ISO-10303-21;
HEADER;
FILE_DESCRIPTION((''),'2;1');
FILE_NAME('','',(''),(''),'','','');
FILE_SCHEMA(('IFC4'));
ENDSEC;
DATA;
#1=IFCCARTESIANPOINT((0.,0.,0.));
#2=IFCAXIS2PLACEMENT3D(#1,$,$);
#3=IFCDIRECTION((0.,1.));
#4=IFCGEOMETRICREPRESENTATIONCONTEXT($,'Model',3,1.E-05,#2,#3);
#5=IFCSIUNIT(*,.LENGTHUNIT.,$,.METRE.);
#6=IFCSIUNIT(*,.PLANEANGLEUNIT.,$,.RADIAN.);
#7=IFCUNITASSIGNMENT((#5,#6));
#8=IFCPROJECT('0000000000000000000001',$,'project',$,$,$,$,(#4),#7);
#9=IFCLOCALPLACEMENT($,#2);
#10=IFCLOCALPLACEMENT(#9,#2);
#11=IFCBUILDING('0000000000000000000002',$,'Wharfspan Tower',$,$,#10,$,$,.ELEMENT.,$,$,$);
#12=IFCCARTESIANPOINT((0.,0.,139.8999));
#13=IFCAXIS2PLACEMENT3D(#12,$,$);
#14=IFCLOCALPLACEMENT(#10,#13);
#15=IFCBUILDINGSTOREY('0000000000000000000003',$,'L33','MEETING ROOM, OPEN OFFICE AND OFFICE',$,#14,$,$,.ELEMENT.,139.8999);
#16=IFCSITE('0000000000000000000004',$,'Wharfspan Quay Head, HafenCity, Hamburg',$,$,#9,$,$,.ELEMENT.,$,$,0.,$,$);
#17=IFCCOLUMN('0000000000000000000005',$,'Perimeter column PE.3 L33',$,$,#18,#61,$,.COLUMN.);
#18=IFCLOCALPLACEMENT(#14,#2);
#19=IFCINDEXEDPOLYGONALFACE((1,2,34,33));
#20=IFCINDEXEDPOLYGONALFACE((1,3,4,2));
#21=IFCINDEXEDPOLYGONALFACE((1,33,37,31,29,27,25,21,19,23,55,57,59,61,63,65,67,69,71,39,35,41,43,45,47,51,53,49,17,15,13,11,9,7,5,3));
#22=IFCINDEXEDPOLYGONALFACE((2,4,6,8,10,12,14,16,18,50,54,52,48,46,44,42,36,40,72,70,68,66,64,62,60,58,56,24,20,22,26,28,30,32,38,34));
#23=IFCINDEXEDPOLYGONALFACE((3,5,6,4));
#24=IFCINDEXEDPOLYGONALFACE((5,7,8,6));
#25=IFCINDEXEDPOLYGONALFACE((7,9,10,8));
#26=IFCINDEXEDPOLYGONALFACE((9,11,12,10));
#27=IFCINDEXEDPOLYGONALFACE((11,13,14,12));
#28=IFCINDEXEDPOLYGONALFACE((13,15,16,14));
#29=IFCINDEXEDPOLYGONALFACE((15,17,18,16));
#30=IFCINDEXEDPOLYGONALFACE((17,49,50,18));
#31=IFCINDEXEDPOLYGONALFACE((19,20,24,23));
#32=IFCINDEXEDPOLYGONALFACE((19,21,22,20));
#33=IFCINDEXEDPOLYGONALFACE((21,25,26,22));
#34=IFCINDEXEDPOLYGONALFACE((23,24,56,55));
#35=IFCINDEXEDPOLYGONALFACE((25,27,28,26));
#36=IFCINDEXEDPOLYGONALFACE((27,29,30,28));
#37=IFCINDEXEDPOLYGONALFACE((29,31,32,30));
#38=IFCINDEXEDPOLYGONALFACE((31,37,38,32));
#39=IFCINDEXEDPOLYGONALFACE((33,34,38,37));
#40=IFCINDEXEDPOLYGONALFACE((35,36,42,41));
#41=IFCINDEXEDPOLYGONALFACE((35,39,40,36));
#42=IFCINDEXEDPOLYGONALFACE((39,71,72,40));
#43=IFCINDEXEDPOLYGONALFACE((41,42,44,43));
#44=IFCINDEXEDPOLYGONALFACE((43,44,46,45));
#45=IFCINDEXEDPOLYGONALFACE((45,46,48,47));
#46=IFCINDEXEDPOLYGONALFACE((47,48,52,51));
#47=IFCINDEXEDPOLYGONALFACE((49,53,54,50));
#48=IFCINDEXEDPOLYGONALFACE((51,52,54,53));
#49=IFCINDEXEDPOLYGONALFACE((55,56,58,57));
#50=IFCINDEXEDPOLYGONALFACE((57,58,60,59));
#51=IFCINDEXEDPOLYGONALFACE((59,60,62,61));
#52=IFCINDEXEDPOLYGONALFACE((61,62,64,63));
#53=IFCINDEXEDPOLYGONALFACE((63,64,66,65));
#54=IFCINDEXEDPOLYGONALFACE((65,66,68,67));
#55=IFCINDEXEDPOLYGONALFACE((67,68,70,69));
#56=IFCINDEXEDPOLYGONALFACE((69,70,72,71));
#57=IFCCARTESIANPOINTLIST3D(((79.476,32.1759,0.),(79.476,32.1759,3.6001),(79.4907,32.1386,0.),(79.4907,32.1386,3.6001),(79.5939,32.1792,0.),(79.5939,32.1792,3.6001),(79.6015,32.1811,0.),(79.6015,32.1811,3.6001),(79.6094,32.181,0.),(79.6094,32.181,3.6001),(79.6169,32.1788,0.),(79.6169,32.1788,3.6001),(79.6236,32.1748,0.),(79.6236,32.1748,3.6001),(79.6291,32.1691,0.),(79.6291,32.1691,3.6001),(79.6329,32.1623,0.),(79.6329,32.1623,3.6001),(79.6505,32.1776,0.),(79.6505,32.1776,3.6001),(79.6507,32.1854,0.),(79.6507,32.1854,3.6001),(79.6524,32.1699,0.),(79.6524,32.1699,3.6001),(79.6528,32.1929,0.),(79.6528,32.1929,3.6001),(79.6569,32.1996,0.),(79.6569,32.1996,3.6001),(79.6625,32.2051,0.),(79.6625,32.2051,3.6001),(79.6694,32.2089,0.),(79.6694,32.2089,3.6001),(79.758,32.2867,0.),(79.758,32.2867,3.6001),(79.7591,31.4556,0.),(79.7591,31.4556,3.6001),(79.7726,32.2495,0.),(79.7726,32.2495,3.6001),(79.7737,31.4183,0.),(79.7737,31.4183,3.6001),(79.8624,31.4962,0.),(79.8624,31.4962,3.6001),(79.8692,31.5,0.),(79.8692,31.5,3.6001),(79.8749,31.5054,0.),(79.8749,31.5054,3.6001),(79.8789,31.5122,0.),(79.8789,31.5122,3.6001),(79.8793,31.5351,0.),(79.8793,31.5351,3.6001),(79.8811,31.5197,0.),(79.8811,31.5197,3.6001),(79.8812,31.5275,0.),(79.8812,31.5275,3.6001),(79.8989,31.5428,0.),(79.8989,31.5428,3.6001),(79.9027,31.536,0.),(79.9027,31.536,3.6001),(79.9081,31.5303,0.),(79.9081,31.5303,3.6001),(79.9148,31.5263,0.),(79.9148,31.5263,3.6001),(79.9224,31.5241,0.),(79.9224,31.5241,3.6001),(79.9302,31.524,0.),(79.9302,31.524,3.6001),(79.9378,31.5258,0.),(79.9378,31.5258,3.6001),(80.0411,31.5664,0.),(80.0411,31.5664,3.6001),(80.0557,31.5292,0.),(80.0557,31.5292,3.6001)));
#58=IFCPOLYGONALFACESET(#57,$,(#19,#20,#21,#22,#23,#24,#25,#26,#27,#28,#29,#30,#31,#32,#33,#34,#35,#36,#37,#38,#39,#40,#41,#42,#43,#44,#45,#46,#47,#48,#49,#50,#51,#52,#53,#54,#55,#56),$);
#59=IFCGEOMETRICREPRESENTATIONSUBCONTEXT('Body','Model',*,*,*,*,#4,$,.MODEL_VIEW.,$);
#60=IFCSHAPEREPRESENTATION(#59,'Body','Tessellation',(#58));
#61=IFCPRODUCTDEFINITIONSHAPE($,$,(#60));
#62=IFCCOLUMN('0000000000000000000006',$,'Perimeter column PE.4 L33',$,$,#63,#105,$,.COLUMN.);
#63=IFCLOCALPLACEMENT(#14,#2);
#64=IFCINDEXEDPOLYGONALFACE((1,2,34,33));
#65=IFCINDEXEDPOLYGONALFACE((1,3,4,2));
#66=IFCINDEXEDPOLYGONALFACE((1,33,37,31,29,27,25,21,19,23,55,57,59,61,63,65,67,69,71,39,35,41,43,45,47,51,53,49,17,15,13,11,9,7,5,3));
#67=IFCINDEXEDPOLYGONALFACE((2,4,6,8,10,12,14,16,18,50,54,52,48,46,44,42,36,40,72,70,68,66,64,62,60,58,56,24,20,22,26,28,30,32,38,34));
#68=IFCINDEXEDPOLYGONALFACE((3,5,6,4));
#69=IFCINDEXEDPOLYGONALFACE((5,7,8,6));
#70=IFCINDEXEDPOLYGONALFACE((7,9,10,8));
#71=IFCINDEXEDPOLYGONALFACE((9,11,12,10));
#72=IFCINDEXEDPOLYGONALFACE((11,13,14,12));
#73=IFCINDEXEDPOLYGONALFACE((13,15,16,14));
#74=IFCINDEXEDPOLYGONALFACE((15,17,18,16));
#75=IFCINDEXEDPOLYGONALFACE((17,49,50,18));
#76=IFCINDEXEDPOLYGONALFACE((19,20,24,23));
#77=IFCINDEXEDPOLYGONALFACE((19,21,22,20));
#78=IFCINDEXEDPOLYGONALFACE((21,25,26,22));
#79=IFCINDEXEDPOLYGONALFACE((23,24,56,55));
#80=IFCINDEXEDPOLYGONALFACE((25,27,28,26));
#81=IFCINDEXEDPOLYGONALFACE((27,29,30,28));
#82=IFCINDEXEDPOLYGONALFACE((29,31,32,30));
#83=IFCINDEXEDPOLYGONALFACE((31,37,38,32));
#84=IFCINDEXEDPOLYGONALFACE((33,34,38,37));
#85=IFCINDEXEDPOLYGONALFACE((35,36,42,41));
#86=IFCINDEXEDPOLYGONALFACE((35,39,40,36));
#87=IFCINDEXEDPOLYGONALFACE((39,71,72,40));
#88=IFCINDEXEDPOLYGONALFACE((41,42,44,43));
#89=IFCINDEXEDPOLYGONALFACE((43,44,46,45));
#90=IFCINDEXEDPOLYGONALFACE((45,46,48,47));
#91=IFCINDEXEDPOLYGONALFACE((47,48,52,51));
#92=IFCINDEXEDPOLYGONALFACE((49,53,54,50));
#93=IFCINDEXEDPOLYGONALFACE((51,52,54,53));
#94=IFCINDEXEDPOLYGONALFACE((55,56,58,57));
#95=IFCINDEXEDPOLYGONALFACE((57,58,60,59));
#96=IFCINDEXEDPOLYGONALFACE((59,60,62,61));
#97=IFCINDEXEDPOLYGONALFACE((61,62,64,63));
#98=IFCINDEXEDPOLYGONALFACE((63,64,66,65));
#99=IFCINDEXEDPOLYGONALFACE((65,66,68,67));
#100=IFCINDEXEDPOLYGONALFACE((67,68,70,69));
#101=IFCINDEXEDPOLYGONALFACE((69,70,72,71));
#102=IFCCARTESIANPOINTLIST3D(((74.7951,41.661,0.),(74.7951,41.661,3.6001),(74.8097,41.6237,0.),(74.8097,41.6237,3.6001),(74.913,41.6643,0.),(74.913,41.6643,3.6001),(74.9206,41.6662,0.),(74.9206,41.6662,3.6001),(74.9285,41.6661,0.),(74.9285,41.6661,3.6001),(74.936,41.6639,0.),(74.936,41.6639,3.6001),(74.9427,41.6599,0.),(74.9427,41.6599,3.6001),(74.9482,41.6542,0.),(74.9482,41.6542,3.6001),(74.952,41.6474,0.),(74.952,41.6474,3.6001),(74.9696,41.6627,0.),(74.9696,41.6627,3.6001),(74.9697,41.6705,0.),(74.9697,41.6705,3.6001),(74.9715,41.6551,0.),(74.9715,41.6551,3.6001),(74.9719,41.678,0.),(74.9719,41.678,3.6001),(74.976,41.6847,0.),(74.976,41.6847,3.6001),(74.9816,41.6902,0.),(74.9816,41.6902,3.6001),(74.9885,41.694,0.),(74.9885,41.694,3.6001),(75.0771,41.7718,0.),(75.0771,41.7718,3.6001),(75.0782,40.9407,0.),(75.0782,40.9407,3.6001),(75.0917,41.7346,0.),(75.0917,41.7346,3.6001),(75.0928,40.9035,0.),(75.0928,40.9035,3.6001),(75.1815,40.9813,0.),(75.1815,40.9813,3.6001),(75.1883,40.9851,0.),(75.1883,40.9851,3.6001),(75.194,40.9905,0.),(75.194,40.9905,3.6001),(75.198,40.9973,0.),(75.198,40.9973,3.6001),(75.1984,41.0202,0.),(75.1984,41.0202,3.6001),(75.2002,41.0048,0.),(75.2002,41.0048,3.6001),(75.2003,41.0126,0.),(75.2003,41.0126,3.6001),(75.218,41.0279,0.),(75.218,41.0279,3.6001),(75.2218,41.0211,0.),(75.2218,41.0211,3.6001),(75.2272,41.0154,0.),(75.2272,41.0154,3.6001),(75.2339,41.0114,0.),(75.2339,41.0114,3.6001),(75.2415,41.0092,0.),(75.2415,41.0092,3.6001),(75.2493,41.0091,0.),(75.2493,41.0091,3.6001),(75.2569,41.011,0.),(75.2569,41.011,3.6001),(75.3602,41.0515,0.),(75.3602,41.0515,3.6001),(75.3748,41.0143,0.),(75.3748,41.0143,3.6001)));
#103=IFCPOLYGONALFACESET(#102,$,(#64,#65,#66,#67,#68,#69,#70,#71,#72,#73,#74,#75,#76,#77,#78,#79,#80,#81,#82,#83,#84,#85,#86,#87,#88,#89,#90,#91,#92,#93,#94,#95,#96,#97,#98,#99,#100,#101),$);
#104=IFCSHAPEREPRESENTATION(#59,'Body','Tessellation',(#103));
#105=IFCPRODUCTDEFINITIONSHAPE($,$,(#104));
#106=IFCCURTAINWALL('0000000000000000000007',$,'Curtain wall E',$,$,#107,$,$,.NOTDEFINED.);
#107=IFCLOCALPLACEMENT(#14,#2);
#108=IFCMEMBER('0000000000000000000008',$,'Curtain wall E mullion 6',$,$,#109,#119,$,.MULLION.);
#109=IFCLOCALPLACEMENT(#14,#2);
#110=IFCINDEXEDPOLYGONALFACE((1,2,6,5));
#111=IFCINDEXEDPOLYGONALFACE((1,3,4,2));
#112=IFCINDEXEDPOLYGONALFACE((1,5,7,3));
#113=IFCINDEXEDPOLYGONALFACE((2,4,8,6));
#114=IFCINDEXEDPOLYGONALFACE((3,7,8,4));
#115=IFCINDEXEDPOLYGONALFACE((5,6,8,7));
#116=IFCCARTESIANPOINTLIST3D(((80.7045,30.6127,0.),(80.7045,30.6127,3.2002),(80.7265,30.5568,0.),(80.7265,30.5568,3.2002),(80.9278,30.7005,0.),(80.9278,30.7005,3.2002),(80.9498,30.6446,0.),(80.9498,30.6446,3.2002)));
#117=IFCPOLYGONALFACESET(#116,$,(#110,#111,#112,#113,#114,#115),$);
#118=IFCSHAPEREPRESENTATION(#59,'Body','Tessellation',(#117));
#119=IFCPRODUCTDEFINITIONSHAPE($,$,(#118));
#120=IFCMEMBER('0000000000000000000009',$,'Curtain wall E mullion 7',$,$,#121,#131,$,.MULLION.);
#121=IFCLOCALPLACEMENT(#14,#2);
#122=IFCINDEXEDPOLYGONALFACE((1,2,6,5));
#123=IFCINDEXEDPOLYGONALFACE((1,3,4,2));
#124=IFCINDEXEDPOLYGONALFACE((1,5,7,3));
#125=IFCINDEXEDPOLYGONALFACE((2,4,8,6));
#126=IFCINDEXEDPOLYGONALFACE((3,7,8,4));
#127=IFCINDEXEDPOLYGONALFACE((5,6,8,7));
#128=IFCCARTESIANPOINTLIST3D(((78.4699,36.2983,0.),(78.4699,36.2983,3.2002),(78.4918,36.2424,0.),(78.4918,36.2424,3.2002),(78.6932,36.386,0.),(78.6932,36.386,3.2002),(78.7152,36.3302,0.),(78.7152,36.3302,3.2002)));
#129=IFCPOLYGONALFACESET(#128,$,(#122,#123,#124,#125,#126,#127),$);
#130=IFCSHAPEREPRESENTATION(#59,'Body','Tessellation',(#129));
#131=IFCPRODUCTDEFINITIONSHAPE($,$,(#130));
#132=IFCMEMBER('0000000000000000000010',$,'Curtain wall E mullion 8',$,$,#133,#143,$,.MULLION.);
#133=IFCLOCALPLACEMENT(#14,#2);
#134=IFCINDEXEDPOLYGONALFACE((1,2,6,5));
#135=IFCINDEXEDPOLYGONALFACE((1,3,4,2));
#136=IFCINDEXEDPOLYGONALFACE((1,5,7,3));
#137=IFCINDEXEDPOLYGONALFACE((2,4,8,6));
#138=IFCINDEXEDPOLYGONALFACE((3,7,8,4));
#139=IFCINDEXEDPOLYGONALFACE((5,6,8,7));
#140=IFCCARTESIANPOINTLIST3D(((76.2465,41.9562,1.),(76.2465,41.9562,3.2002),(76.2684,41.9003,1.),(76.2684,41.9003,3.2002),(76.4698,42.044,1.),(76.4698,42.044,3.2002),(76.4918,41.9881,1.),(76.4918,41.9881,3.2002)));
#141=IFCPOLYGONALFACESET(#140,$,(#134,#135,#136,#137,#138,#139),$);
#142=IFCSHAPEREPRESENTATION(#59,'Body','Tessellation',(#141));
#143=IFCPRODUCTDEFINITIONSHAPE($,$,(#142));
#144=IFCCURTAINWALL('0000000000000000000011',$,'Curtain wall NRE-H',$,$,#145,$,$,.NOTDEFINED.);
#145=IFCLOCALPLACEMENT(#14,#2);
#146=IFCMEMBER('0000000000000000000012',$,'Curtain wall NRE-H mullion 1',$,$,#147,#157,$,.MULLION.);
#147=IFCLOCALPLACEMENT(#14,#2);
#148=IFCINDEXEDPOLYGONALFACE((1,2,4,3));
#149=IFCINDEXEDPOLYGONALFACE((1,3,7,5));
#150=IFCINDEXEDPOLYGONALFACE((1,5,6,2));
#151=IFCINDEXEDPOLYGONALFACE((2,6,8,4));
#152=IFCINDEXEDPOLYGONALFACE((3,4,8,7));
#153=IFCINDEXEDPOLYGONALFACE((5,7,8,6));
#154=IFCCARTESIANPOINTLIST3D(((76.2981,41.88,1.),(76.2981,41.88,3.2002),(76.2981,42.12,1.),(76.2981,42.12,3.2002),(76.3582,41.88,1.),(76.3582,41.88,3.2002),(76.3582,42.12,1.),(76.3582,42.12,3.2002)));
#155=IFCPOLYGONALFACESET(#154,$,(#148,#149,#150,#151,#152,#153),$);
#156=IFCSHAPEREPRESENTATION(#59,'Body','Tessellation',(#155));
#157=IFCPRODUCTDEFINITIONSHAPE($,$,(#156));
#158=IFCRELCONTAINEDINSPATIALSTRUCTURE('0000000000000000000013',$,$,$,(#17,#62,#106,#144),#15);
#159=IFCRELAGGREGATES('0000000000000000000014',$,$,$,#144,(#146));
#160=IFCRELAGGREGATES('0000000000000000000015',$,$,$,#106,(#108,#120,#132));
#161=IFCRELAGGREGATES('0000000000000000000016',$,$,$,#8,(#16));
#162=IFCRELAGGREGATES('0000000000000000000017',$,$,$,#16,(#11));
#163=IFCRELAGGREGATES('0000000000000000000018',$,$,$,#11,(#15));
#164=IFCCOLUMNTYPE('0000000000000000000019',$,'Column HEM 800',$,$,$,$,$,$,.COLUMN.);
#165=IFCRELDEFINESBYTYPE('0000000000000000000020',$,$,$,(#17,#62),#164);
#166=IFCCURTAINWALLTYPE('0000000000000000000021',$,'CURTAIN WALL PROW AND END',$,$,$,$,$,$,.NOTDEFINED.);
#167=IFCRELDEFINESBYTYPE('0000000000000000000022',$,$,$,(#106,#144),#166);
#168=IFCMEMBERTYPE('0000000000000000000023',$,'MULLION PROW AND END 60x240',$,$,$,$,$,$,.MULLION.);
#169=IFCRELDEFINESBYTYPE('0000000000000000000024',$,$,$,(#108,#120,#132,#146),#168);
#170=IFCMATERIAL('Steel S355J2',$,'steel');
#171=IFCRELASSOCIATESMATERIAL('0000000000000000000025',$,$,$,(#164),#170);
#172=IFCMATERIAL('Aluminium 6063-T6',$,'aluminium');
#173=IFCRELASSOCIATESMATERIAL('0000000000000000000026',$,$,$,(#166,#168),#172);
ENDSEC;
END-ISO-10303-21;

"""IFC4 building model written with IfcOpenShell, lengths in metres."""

from ifc_helpers import new_model, si_unit, direction, frame, origin, origin_2d, place, context, subcontext, project, spatial, rectangle, i_section, extrude, material, material_profile, profile_set, type_object, element, aggregate, save


model = new_model("IFC4")

# Units and contexts
model_context = context("Model", 3, precision=1e-05, world=origin(), true_north=direction((0.0, 1.0)))
body_context = subcontext(model_context, "Body", "Model", "MODEL_VIEW")
ifc_project = project(units=[si_unit("LENGTHUNIT", "METRE"), si_unit("PLANEANGLEUNIT", "RADIAN")], contexts=[model_context])

# Site, building, storey
site_placement = place(None, origin())
site = spatial("IfcSite", under=ifc_project, at=site_placement, Name="Wharfspan Quay Head, HafenCity, Hamburg", CompositionType="ELEMENT", RefElevation=0.0)
building_placement = place(site_placement, origin())
building = spatial("IfcBuilding", under=site, at=building_placement, Name="Wharfspan Tower", CompositionType="ELEMENT")
storey_placement = place(building_placement, frame((0.0, 0.0, 139.8999)))
storey = spatial("IfcBuildingStorey", under=building, at=storey_placement, Name="L33", Description="MEETING ROOM, OPEN OFFICE AND OFFICE", CompositionType="ELEMENT", Elevation=139.8999)

# Columns
ifc_material_1 = material(Name="Steel S355J2", Category="steel")
ifc_material_profile_1 = material_profile(ifc_material_1, i_section(OverallWidth=0.303, OverallDepth=0.814, WebThickness=0.021, FlangeThickness=0.04, FilletRadius=0.03, at=origin_2d()))
ifc_profile_set_1 = profile_set([ifc_material_profile_1], Name="Steel S355J2")
column_type = type_object("IfcColumnType", Name="Column HEM 800", PredefinedType="COLUMN", material=ifc_profile_set_1)
for number, where, z_axis, x_axis, name in (
    (1, (79.7659, 31.8525, 0.0), (0.0, 0.0, 1.0), (0.930702, 0.365778, 0.0), "Perimeter column PE.3 L33"),
    (2, (75.085, 41.3376, 0.0), (0.0, 0.0, 1.0), (0.930702, 0.365778, 0.0), "Perimeter column PE.4 L33"),
):
    element("IfcColumn", number, at=place(storey_placement, frame(where, z_axis=z_axis, x_axis=x_axis)), inside=storey, type_object=column_type, Name=name, PredefinedType="COLUMN", context=body_context, shape_type="SweptSolid", body=[
        extrude(i_section(OverallWidth=0.303, OverallDepth=0.814, WebThickness=0.021, FlangeThickness=0.04, FilletRadius=0.03, at=origin_2d()), origin(), (0.0, 0.0, 1.0), 3.6001),
    ])

# Curtain wall, members
ifc_material_2 = material(Name="Aluminium 6063-T6", Category="aluminium")
curtain_wall_type = type_object("IfcCurtainWallType", Name="CURTAIN WALL PROW AND END", PredefinedType="NOTDEFINED", material=ifc_material_2)
curtain_wall_1_placement = place(storey_placement, origin())
curtain_wall_1 = element("IfcCurtainWall", 3, at=curtain_wall_1_placement, inside=storey, type_object=curtain_wall_type, Name="Curtain wall E", PredefinedType="NOTDEFINED")
ifc_material_profile_2 = material_profile(ifc_material_2, rectangle(XDim=0.24, YDim=0.0601, at=origin_2d()))
ifc_profile_set_2 = profile_set([ifc_material_profile_2], Name="Aluminium 6063-T6")
member_type_1 = type_object("IfcMemberType", Name="MULLION PROW AND END 60x240", PredefinedType="MULLION", material=ifc_profile_set_2)
member_1_placement = place(storey_placement, frame((80.8271, 30.6287, 0.0), z_axis=(0.0, 0.0, 1.0), x_axis=(-0.930702, -0.365778, 0.0)))
member_1 = element("IfcMember", 4, at=member_1_placement, type_object=member_type_1, Name="Curtain wall E mullion 6", PredefinedType="MULLION", context=body_context, shape_type="SweptSolid", body=[
    extrude(rectangle(XDim=0.24, YDim=0.0601, at=origin_2d()), origin(), (0.0, 0.0, 1.0), 3.2002),
])
member_2_placement = place(storey_placement, frame((78.5925, 36.3142, 0.0), z_axis=(0.0, 0.0, 1.0), x_axis=(-0.930702, -0.365778, 0.0)))
member_2 = element("IfcMember", 5, at=member_2_placement, type_object=member_type_1, Name="Curtain wall E mullion 7", PredefinedType="MULLION", context=body_context, shape_type="SweptSolid", body=[
    extrude(rectangle(XDim=0.24, YDim=0.0601, at=origin_2d()), origin(), (0.0, 0.0, 1.0), 3.2002),
])
member_3_placement = place(storey_placement, frame((76.3691, 41.9722, 1.0), z_axis=(0.0, 0.0, 1.0), x_axis=(-0.930702, -0.365778, 0.0)))
member_3 = element("IfcMember", 6, at=member_3_placement, type_object=member_type_1, Name="Curtain wall E mullion 8", PredefinedType="MULLION", context=body_context, shape_type="SweptSolid", body=[
    extrude(rectangle(XDim=0.24, YDim=0.0601, at=origin_2d()), origin(), (0.0, 0.0, 1.0), 2.2002),
])

# Curtain wall, member
curtain_wall_2_placement = place(storey_placement, origin())
curtain_wall_2 = element("IfcCurtainWall", 7, at=curtain_wall_2_placement, inside=storey, type_object=curtain_wall_type, Name="Curtain wall NRE-H", PredefinedType="NOTDEFINED")
member_4_placement = place(storey_placement, frame((76.3281, 42.0, 1.0), z_axis=(0.0, 0.0, 1.0), x_axis=(0.0, -1.0, 0.0)))
member_4 = element("IfcMember", 8, at=member_4_placement, type_object=member_type_1, Name="Curtain wall NRE-H mullion 1", PredefinedType="MULLION", context=body_context, shape_type="SweptSolid", body=[
    extrude(rectangle(XDim=0.24, YDim=0.0601, at=origin_2d()), origin(), (0.0, 0.0, 1.0), 2.2002),
])

aggregate(curtain_wall_2, [member_4])
aggregate(curtain_wall_1, [member_1, member_2, member_3])

save(model, "model.ifc")
